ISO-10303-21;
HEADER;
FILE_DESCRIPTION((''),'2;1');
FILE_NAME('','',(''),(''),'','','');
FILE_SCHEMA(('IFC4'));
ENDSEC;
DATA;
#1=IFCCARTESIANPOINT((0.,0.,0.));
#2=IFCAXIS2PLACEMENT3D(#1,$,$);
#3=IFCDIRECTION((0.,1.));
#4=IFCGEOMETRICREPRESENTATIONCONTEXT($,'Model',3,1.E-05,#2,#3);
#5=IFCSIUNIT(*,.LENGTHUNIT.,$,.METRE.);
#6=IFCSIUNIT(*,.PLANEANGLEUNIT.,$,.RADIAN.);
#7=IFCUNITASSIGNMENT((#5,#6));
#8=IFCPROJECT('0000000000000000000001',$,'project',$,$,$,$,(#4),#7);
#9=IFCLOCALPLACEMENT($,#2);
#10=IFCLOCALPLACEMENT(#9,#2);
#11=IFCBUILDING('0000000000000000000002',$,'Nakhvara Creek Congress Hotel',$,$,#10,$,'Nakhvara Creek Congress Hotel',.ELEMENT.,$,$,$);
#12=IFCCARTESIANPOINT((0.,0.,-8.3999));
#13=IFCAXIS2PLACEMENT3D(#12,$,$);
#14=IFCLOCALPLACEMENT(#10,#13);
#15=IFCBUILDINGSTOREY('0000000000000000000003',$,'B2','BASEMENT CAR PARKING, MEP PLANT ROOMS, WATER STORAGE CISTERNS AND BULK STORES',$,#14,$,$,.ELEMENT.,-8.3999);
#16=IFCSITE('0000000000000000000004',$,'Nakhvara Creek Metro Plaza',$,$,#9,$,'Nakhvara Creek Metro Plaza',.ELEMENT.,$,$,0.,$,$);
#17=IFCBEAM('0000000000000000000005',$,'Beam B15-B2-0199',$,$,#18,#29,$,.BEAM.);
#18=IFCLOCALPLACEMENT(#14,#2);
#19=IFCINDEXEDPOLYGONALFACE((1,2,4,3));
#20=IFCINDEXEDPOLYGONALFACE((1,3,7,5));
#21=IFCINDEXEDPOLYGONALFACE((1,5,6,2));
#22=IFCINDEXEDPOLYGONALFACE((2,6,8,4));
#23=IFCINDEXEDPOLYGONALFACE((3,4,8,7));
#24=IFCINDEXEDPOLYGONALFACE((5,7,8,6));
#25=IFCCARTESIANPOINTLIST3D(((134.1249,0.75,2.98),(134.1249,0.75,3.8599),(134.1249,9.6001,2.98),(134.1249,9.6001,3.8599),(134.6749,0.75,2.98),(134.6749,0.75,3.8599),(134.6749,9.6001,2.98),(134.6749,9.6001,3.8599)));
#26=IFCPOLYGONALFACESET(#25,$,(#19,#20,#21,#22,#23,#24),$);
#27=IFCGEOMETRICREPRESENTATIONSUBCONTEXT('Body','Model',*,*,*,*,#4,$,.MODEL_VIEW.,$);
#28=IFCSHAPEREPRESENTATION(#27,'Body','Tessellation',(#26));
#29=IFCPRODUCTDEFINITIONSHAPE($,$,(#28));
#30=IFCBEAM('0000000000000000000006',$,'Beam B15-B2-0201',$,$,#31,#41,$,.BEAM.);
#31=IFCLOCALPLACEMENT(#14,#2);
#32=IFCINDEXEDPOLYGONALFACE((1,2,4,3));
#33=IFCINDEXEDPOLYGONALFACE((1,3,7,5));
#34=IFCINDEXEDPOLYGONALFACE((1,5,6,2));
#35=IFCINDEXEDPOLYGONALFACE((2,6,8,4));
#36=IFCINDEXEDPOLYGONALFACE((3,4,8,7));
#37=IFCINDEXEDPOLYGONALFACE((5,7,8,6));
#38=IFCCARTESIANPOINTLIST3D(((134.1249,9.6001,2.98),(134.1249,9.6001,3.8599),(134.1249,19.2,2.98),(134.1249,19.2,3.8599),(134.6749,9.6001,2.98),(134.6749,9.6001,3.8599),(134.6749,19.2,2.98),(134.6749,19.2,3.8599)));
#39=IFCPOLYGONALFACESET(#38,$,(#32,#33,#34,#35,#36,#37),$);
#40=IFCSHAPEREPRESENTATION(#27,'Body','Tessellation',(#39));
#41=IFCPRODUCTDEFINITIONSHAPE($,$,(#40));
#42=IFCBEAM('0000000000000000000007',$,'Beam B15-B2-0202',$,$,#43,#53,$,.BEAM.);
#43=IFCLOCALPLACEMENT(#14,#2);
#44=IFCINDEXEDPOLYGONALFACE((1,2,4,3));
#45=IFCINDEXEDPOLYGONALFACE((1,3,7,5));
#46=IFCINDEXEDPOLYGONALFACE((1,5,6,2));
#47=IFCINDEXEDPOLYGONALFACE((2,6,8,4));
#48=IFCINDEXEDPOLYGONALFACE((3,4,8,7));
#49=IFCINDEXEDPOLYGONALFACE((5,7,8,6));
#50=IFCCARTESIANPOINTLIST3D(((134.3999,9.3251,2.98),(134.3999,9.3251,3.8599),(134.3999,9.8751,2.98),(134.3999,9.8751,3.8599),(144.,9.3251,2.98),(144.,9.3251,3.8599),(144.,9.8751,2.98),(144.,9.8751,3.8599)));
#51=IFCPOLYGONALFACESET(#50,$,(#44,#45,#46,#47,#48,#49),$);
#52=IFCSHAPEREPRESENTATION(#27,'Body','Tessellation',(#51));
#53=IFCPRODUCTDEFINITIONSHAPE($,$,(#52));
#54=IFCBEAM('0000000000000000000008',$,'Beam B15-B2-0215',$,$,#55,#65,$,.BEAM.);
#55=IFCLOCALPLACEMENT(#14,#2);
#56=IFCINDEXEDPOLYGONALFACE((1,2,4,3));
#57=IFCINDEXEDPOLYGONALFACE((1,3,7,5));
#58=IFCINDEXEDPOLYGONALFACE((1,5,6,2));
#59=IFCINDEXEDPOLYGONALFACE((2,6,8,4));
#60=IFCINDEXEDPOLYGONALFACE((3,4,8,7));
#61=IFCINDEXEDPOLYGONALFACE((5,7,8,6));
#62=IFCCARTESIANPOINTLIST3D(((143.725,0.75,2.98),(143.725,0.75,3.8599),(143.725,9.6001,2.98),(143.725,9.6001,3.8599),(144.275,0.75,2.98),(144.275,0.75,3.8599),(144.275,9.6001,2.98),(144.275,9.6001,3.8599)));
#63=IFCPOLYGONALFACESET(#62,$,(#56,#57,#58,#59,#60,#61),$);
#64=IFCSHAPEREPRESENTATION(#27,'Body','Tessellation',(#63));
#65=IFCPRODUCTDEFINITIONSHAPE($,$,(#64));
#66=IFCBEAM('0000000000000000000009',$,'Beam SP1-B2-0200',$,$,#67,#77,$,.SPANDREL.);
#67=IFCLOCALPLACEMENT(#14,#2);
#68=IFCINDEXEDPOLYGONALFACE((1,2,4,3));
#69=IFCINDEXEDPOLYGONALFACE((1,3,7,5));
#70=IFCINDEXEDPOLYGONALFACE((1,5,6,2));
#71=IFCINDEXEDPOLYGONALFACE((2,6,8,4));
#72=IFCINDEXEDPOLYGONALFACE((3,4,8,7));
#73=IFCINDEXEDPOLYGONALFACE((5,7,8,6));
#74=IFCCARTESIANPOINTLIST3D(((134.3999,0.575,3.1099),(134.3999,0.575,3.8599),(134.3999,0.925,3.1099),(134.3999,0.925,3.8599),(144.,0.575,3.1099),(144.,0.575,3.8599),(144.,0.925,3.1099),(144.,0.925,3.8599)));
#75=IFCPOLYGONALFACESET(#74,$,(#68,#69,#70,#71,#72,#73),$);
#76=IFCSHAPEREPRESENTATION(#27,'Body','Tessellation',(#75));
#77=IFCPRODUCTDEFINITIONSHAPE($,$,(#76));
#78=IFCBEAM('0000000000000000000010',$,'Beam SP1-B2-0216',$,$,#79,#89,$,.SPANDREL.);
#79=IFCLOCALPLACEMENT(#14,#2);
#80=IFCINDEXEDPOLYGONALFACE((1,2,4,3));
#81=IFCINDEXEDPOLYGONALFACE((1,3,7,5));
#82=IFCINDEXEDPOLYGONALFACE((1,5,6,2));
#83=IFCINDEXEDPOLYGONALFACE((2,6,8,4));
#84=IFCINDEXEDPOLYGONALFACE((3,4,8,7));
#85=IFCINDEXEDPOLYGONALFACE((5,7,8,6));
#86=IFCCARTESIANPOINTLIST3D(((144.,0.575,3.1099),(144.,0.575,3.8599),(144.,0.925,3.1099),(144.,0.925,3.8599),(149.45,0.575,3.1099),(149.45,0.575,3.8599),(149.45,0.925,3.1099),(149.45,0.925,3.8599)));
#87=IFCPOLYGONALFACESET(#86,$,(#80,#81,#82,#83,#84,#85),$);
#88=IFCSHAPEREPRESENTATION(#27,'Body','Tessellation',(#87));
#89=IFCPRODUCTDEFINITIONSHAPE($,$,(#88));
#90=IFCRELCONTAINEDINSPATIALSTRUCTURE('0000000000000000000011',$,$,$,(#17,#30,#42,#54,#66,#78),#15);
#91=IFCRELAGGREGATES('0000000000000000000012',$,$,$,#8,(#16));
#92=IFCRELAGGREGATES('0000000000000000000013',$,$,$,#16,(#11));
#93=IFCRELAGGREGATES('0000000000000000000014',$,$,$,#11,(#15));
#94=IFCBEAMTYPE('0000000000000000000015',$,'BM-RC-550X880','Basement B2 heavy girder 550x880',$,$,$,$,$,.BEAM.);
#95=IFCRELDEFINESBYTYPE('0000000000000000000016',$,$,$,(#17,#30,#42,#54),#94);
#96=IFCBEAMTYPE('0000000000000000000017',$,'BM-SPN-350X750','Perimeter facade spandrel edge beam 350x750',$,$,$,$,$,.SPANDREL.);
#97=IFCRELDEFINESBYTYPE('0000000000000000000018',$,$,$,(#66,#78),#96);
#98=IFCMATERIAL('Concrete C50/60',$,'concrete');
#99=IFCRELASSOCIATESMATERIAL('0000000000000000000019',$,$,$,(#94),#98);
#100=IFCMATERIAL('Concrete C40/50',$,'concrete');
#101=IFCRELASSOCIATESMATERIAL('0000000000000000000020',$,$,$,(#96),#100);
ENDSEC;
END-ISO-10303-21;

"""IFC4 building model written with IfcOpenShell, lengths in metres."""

from ifc_helpers import new_model, si_unit, direction, frame, origin, origin_2d, place, context, subcontext, project, spatial, rectangle, extrude, material, material_profile, profile_set, type_object, element, save


model = new_model("IFC4")

# Units and contexts
model_context = context("Model", 3, precision=1e-05, world=origin(), true_north=direction((0.0, 1.0)))
body_context = subcontext(model_context, "Body", "Model", "MODEL_VIEW")
ifc_project = project(units=[si_unit("LENGTHUNIT", "METRE"), si_unit("PLANEANGLEUNIT", "RADIAN")], contexts=[model_context])

# Site, building, storey
site_placement = place(None, origin())
site = spatial("IfcSite", under=ifc_project, at=site_placement, Name="Nakhvara Creek Metro Plaza", LongName="Nakhvara Creek Metro Plaza", CompositionType="ELEMENT", RefElevation=0.0)
building_placement = place(site_placement, origin())
building = spatial("IfcBuilding", under=site, at=building_placement, Name="Nakhvara Creek Congress Hotel", LongName="Nakhvara Creek Congress Hotel", CompositionType="ELEMENT")
storey_placement = place(building_placement, frame((0.0, 0.0, -8.3999)))
storey = spatial("IfcBuildingStorey", under=building, at=storey_placement, Name="B2", Description="BASEMENT CAR PARKING, MEP PLANT ROOMS, WATER STORAGE CISTERNS AND BULK STORES", CompositionType="ELEMENT", Elevation=-8.3999)

# Shared definitions
ifc_material_1 = material(Name="Concrete C40/50", Category="concrete")

# Shared definitions
ifc_material_2 = material(Name="Concrete C50/60", Category="concrete")

# Beams
ifc_material_profile_1 = material_profile(ifc_material_2, rectangle(XDim=0.55, YDim=0.8799, at=origin_2d()), Name="RC-BM 550x880", Category="LoadBearing")
ifc_profile_set_1 = profile_set([ifc_material_profile_1], Name="Concrete C50/60")
beam_type_1 = type_object("IfcBeamType", Name="BM-RC-550X880", Description="Basement B2 heavy girder 550x880", PredefinedType="BEAM", material=ifc_profile_set_1)
beam_1_placement = place(storey_placement, frame((134.3999, 0.75, 3.4199), z_axis=(0.0, 1.0, 0.0), x_axis=(-1.0, 0.0, 0.0)))
element("IfcBeam", 1, at=beam_1_placement, inside=storey, type_object=beam_type_1, Name="Beam B15-B2-0199", PredefinedType="BEAM", context=body_context, shape_type="SweptSolid", body=[
    extrude(rectangle(XDim=0.55, YDim=0.8799, at=origin_2d()), origin(), (0.0, 0.0, 1.0), 8.8501),
])
beam_2_placement = place(storey_placement, frame((134.3999, 9.6001, 3.4199), z_axis=(0.0, 1.0, 0.0), x_axis=(-1.0, 0.0, 0.0)))
element("IfcBeam", 2, at=beam_2_placement, inside=storey, type_object=beam_type_1, Name="Beam B15-B2-0201", PredefinedType="BEAM", context=body_context, shape_type="SweptSolid", body=[
    extrude(rectangle(XDim=0.55, YDim=0.8799, at=origin_2d()), origin(), (0.0, 0.0, 1.0), 9.5999),
])
beam_3_placement = place(storey_placement, frame((134.3999, 9.6001, 3.4199), z_axis=(1.0, 0.0, 0.0), x_axis=(0.0, 1.0, 0.0)))
element("IfcBeam", 3, at=beam_3_placement, inside=storey, type_object=beam_type_1, Name="Beam B15-B2-0202", PredefinedType="BEAM", context=body_context, shape_type="SweptSolid", body=[
    extrude(rectangle(XDim=0.55, YDim=0.8799, at=origin_2d()), origin(), (0.0, 0.0, 1.0), 9.6001),
])
beam_4_placement = place(storey_placement, frame((144.0, 0.75, 3.4199), z_axis=(0.0, 1.0, 0.0), x_axis=(-1.0, 0.0, 0.0)))
element("IfcBeam", 4, at=beam_4_placement, inside=storey, type_object=beam_type_1, Name="Beam B15-B2-0215", PredefinedType="BEAM", context=body_context, shape_type="SweptSolid", body=[
    extrude(rectangle(XDim=0.55, YDim=0.8799, at=origin_2d()), origin(), (0.0, 0.0, 1.0), 8.8501),
])
ifc_material_profile_2 = material_profile(ifc_material_1, rectangle(XDim=0.3501, YDim=0.75, at=origin_2d()), Name="RC-SPANDREL 350x750", Category="LoadBearing")
ifc_profile_set_2 = profile_set([ifc_material_profile_2], Name="Concrete C40/50")
beam_type_2 = type_object("IfcBeamType", Name="BM-SPN-350X750", Description="Perimeter facade spandrel edge beam 350x750", PredefinedType="SPANDREL", material=ifc_profile_set_2)
beam_5_placement = place(storey_placement, frame((134.3999, 0.75, 3.4849), z_axis=(1.0, 0.0, 0.0), x_axis=(0.0, 1.0, 0.0)))
element("IfcBeam", 5, at=beam_5_placement, inside=storey, type_object=beam_type_2, Name="Beam SP1-B2-0200", PredefinedType="SPANDREL", context=body_context, shape_type="SweptSolid", body=[
    extrude(rectangle(XDim=0.3501, YDim=0.75, at=origin_2d()), origin(), (0.0, 0.0, 1.0), 9.6001),
])
beam_6_placement = place(storey_placement, frame((144.0, 0.75, 3.4849), z_axis=(1.0, 0.0, 0.0), x_axis=(0.0, 1.0, 0.0)))
element("IfcBeam", 6, at=beam_6_placement, inside=storey, type_object=beam_type_2, Name="Beam SP1-B2-0216", PredefinedType="SPANDREL", context=body_context, shape_type="SweptSolid", body=[
    extrude(rectangle(XDim=0.3501, YDim=0.75, at=origin_2d()), origin(), (0.0, 0.0, 1.0), 5.45),
])

save(model, "model.ifc")
